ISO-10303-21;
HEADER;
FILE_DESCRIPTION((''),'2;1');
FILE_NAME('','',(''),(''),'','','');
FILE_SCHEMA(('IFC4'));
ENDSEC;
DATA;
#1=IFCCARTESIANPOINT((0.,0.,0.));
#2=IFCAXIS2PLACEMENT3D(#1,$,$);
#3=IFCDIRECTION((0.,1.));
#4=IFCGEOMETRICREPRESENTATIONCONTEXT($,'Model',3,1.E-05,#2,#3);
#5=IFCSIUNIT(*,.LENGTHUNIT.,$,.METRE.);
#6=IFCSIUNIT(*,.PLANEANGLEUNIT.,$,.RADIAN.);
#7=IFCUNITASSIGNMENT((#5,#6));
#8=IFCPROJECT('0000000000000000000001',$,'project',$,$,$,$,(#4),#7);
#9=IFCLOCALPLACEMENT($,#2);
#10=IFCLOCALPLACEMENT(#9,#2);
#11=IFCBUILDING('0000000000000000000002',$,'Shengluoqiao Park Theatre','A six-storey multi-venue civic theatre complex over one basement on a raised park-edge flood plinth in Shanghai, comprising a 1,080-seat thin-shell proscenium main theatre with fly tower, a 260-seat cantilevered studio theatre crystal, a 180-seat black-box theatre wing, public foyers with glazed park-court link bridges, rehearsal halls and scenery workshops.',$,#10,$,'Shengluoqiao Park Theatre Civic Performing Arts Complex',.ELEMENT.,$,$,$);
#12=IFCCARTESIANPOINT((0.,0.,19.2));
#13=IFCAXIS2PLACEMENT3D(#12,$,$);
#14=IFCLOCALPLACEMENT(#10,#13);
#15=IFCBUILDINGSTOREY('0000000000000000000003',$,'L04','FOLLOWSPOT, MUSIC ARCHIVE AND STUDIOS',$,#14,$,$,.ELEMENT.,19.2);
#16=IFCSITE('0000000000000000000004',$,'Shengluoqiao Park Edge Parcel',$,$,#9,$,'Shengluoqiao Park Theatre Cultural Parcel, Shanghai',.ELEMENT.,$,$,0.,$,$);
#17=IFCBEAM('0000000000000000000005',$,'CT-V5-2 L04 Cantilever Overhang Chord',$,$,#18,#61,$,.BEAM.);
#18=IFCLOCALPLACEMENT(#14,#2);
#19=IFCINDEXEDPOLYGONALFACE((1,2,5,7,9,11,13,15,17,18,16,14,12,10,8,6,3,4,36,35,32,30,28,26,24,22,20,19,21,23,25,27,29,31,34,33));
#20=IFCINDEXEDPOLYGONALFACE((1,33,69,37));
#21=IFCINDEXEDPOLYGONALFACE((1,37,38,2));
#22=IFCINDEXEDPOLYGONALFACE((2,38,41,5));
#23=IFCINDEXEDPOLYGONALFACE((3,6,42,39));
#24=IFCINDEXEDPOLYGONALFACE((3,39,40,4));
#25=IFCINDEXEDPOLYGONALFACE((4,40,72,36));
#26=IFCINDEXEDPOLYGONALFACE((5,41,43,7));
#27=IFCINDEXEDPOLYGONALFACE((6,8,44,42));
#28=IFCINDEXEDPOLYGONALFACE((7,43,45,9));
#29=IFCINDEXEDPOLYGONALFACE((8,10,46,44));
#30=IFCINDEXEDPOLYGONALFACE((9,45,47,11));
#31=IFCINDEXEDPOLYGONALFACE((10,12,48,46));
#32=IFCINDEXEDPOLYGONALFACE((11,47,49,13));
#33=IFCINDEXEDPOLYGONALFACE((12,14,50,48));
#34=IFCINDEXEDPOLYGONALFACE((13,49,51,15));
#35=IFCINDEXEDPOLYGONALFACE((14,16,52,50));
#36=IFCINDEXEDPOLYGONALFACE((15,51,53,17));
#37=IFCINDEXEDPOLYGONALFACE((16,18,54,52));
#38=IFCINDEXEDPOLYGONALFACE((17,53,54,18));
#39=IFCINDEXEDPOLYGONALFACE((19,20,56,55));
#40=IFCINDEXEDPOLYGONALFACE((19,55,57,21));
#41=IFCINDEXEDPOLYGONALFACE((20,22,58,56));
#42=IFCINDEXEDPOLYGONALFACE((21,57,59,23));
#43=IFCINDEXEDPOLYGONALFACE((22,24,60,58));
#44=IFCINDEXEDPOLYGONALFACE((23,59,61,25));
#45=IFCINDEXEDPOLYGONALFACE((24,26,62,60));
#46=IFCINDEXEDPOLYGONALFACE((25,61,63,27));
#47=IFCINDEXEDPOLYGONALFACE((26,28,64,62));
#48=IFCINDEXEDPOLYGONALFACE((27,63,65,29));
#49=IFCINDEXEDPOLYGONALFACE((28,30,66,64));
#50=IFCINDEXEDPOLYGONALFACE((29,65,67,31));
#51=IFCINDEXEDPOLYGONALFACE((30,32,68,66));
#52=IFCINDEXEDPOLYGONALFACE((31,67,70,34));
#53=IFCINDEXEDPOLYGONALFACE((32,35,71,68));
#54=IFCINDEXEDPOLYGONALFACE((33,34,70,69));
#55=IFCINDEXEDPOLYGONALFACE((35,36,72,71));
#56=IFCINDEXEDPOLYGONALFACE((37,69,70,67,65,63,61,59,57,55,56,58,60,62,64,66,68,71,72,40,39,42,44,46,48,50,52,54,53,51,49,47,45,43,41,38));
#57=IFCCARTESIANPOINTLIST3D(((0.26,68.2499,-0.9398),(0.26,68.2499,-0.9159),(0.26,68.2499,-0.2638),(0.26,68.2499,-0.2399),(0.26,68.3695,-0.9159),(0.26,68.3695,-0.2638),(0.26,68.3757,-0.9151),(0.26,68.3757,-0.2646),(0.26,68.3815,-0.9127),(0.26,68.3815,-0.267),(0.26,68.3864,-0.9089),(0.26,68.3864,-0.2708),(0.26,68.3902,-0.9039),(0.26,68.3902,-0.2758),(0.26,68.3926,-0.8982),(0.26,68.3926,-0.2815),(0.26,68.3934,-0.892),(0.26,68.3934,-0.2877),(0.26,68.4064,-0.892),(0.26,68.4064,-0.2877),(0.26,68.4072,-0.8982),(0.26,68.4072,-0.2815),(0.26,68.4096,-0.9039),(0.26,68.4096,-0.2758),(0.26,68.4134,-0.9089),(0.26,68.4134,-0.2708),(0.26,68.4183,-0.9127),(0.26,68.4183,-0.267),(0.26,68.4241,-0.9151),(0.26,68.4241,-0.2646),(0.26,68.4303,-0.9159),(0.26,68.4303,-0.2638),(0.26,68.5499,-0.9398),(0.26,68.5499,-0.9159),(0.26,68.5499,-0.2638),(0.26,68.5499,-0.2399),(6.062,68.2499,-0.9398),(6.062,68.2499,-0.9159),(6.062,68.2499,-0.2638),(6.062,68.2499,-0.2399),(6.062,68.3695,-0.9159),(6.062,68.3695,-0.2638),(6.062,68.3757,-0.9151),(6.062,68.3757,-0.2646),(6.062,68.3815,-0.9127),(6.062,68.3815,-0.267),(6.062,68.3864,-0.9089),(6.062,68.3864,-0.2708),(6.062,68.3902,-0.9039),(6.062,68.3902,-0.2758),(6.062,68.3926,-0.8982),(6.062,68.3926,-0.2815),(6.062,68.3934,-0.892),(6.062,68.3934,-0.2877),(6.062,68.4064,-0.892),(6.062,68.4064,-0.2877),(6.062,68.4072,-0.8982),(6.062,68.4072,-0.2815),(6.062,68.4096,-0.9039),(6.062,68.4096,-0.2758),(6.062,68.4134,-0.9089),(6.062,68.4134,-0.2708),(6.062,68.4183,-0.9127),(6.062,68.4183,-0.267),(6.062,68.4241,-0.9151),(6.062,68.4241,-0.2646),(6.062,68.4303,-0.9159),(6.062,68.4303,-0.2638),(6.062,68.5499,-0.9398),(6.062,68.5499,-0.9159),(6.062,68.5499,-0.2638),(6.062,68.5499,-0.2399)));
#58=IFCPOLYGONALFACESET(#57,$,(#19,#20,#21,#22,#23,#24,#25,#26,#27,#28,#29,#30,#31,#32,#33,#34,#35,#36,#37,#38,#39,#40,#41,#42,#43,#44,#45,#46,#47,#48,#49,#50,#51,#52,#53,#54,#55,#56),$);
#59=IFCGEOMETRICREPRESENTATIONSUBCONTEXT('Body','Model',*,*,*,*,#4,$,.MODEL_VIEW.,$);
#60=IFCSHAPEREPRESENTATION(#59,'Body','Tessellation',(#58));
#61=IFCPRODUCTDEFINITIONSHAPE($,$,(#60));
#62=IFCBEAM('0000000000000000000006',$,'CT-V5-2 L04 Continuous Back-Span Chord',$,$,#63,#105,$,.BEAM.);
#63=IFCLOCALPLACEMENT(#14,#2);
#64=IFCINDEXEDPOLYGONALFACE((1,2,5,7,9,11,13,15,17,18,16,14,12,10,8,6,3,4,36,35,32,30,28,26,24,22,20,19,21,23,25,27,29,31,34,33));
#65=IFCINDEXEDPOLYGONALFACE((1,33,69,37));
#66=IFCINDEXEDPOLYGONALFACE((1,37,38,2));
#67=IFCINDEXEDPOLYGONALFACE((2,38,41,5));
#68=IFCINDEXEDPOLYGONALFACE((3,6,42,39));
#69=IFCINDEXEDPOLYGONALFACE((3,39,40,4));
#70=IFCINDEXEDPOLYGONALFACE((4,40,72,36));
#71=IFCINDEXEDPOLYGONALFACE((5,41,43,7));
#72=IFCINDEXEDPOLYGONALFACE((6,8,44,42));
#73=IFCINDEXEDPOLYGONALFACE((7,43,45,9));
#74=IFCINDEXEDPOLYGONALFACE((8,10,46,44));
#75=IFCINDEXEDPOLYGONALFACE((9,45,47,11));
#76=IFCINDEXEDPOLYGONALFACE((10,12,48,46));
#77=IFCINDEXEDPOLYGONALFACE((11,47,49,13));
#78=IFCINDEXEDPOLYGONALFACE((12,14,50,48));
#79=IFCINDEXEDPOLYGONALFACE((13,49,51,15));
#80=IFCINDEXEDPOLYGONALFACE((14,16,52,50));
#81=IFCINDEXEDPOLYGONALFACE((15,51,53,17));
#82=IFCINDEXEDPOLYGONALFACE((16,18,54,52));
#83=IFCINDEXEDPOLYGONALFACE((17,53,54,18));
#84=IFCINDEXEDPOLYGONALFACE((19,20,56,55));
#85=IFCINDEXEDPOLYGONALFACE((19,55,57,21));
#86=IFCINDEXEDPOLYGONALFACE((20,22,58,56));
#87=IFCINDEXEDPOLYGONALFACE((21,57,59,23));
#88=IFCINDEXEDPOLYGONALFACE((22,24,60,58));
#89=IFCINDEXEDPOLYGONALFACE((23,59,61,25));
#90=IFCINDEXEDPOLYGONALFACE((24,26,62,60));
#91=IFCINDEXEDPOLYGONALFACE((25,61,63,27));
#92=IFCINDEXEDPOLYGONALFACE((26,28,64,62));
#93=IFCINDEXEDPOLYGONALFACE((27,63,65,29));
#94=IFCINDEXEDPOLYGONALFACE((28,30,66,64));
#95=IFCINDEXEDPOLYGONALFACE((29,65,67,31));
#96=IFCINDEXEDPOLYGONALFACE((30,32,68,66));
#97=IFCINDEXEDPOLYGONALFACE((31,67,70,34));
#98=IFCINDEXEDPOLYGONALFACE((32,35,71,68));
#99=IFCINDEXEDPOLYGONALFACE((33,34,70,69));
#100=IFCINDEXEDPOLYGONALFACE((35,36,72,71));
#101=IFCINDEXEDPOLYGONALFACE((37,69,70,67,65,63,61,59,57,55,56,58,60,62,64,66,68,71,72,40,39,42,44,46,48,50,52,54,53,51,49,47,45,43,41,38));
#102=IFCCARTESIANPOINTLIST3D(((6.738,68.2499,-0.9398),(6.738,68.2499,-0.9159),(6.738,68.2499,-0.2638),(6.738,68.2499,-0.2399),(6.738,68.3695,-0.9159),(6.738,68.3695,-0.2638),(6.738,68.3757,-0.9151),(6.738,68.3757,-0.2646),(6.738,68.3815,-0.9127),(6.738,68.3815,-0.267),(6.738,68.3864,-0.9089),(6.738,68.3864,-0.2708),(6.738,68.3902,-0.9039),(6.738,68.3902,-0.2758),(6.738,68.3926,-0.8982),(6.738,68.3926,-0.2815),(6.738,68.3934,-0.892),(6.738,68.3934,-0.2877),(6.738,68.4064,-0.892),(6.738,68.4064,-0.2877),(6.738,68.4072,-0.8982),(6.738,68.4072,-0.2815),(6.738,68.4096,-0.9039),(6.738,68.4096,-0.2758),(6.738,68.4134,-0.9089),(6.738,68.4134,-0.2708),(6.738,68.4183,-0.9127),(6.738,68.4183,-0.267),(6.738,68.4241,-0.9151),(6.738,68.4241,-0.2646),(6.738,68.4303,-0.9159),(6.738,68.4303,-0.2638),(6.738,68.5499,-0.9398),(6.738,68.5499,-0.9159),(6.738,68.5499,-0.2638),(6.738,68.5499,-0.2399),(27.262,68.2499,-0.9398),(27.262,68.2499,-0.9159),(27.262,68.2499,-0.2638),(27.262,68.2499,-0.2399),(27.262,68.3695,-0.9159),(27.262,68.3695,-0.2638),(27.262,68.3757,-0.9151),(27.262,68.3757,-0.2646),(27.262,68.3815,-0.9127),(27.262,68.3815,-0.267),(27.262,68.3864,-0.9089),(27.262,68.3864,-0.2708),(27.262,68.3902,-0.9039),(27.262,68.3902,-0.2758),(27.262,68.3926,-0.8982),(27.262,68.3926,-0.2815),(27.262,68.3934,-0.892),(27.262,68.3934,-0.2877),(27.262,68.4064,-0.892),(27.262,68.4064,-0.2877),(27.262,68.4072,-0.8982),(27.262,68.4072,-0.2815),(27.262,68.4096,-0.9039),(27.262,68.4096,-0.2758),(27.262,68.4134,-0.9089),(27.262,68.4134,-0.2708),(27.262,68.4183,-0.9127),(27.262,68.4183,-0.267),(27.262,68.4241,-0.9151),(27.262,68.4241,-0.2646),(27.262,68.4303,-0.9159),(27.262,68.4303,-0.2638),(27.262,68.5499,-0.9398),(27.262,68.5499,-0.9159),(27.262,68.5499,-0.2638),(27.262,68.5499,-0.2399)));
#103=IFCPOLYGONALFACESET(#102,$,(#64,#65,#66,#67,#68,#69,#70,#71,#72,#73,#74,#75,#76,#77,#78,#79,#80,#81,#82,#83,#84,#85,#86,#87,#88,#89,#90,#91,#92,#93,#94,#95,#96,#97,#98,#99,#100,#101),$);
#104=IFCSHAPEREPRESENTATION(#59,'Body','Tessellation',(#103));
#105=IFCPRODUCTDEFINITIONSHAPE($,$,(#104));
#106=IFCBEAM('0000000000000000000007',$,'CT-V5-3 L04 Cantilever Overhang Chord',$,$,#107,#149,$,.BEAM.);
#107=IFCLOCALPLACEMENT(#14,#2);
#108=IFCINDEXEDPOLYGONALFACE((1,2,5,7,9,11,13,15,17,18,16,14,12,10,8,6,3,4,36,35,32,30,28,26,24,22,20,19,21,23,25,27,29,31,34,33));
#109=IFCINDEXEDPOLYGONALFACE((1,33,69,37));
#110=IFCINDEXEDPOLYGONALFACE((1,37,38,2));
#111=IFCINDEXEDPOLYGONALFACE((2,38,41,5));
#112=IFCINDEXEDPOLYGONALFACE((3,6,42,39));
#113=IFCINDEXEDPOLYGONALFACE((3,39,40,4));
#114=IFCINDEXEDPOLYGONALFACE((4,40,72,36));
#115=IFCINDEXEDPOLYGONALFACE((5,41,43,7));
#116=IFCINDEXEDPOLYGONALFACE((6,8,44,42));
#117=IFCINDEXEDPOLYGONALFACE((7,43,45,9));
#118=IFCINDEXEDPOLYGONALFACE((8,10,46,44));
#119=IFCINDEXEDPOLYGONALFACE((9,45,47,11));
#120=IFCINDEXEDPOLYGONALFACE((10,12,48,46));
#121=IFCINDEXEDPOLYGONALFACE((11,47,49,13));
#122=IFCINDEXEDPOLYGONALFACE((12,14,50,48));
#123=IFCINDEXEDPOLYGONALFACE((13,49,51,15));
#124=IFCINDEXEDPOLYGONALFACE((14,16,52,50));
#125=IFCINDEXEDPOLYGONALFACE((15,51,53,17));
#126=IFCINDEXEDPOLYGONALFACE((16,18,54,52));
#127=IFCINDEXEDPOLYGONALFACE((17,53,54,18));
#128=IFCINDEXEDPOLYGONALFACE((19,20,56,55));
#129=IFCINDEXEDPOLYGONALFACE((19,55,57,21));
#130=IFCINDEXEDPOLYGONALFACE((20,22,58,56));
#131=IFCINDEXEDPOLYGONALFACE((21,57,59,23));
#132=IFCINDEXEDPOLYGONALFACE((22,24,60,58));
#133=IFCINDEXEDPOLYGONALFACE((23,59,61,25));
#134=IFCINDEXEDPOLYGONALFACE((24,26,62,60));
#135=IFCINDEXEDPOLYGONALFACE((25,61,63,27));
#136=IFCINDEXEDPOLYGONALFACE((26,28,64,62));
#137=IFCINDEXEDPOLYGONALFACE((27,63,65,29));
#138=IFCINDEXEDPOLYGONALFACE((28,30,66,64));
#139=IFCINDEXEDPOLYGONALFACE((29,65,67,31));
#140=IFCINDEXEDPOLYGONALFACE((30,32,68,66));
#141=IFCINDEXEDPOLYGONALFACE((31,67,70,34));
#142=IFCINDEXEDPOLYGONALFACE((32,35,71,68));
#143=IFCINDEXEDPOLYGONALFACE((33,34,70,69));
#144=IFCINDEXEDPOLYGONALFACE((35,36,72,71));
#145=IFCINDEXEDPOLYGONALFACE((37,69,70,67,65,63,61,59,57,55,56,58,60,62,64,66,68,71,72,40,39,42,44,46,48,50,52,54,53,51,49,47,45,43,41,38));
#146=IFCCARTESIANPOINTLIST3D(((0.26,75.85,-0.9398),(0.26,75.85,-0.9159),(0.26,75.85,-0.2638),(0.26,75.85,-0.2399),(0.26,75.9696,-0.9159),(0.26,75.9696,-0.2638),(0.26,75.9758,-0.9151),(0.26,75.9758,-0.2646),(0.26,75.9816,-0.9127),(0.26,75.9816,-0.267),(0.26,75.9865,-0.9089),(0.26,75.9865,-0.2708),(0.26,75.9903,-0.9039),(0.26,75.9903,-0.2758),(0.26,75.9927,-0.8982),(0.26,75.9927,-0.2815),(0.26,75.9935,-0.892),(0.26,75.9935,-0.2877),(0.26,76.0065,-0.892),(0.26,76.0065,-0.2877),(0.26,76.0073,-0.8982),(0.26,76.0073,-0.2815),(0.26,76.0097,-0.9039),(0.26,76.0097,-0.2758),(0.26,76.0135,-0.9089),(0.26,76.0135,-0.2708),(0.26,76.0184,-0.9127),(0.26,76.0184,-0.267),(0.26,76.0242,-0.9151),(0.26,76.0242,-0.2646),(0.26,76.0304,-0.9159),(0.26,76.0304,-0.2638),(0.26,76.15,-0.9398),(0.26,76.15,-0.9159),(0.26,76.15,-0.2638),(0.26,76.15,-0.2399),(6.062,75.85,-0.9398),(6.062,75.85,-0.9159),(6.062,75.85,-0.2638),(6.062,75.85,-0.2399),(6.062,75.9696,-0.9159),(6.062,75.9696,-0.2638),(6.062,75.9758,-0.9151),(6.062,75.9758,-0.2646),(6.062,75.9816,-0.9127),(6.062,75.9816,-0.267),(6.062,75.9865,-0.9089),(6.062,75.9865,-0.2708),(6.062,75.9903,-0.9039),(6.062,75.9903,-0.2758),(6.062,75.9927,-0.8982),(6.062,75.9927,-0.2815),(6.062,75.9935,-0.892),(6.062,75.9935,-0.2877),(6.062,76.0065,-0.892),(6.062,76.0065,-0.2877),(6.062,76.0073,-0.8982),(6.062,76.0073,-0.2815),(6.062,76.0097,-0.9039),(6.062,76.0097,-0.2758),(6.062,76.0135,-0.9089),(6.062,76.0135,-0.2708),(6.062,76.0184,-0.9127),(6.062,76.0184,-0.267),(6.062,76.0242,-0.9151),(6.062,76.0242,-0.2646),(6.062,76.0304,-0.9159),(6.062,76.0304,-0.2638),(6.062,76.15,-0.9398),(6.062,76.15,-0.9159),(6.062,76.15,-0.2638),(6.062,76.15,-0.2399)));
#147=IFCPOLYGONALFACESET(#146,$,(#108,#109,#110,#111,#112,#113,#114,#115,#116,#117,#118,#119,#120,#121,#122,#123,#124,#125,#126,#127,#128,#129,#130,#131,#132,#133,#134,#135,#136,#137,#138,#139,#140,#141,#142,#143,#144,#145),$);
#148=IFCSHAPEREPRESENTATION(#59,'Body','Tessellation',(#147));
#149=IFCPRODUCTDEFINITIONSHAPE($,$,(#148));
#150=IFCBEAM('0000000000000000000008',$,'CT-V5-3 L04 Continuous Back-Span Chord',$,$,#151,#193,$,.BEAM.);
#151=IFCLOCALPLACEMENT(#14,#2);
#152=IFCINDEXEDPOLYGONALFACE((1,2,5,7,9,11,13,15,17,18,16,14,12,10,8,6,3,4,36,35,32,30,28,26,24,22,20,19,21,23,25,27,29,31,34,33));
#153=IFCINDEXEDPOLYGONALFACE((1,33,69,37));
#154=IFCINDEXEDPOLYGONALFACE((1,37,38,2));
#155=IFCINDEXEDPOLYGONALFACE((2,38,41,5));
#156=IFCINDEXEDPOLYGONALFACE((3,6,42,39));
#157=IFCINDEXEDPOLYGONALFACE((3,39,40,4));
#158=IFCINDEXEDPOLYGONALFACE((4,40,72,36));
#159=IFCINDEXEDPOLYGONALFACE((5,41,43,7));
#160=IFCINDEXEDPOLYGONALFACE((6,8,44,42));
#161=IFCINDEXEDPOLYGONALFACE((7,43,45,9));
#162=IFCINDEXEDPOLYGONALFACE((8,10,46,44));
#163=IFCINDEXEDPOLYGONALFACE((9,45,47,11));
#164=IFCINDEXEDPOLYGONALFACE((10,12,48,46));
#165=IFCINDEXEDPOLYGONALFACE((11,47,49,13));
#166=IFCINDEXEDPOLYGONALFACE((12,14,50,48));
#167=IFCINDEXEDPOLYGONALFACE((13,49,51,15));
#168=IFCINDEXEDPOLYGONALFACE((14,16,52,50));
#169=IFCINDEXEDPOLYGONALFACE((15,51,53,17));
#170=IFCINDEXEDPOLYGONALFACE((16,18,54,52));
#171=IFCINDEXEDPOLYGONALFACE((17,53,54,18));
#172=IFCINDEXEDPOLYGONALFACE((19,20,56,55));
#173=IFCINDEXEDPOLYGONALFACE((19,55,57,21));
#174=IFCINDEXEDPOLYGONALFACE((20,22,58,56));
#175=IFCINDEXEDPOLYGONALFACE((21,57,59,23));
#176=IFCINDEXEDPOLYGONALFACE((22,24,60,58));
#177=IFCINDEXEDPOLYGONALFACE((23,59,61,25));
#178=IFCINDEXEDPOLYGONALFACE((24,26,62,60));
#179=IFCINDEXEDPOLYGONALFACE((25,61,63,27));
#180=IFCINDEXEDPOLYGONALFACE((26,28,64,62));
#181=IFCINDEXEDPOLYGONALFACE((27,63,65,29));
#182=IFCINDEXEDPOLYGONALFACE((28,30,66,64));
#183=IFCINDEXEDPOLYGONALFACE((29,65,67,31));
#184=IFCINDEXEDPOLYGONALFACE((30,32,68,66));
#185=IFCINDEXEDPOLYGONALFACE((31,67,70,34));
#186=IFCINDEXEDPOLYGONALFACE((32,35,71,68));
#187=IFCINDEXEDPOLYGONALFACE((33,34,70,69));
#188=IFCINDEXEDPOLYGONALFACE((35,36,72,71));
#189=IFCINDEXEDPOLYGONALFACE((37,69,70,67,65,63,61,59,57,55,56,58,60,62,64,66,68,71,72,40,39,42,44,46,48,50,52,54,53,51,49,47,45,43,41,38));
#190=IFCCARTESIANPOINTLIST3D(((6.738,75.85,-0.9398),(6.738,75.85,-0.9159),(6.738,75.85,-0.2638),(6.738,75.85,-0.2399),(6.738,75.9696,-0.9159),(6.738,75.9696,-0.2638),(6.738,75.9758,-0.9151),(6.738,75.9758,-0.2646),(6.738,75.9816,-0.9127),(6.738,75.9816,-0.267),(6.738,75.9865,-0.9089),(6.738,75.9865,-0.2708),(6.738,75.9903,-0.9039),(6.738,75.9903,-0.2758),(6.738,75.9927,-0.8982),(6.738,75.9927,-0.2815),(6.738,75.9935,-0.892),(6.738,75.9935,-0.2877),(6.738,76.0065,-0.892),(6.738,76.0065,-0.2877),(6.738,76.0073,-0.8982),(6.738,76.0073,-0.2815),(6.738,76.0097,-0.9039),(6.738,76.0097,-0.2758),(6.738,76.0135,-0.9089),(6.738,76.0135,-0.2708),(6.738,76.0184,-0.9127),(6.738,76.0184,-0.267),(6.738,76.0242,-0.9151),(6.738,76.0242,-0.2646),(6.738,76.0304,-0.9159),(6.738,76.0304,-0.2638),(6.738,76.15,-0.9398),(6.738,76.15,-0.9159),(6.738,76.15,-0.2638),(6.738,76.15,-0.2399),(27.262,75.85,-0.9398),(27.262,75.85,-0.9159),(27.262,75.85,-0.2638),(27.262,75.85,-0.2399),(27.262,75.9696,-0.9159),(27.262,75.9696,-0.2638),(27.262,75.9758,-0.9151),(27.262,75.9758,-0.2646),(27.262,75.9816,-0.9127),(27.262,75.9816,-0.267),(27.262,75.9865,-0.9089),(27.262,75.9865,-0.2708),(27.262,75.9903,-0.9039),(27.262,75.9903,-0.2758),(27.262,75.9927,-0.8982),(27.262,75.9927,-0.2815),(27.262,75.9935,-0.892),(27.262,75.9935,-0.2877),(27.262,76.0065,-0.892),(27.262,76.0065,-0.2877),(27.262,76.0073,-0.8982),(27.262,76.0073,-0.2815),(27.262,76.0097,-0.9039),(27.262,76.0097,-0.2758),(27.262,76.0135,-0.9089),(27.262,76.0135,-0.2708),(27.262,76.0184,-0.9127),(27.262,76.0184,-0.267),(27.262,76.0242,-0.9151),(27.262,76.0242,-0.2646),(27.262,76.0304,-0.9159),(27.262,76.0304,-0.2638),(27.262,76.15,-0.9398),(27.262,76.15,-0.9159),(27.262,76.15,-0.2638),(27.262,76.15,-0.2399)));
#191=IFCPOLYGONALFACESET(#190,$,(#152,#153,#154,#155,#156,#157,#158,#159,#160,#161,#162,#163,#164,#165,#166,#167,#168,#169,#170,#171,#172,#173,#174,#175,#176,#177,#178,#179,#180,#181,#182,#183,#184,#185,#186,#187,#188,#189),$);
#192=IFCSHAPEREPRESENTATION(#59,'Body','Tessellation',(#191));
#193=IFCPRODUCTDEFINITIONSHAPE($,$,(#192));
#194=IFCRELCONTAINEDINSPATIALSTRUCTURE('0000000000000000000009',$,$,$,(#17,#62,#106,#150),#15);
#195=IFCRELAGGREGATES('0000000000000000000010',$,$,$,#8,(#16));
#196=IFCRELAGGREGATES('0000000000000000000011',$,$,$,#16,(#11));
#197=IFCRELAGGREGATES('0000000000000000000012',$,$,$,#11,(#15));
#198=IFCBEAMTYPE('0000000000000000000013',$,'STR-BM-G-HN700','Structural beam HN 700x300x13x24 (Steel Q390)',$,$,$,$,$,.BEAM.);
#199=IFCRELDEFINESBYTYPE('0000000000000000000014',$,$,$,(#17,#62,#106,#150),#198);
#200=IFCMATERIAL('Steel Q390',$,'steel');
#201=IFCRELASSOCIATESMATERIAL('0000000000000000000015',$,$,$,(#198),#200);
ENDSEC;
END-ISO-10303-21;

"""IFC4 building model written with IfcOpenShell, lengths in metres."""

from ifc_helpers import new_model, si_unit, direction, frame, origin, origin_2d, place, context, subcontext, project, spatial, i_section, extrude, material, material_profile, profile_set, type_object, element, save


model = new_model("IFC4")

# Units and contexts
model_context = context("Model", 3, precision=1e-05, world=origin(), true_north=direction((0.0, 1.0)))
body_context = subcontext(model_context, "Body", "Model", "MODEL_VIEW")
ifc_project = project(units=[si_unit("LENGTHUNIT", "METRE"), si_unit("PLANEANGLEUNIT", "RADIAN")], contexts=[model_context])

# Site, building, storey
site_placement = place(None, origin())
site = spatial("IfcSite", under=ifc_project, at=site_placement, Name="Shengluoqiao Park Edge Parcel", LongName="Shengluoqiao Park Theatre Cultural Parcel, Shanghai", CompositionType="ELEMENT", RefElevation=0.0)
building_placement = place(site_placement, origin())
building = spatial("IfcBuilding", under=site, at=building_placement, Name="Shengluoqiao Park Theatre", Description="A six-storey multi-venue civic theatre complex over one basement on a raised park-edge flood plinth in Shanghai, comprising a 1,080-seat thin-shell proscenium main theatre with fly tower, a 260-seat cantilevered studio theatre crystal, a 180-seat black-box theatre wing, public foyers with glazed park-court link bridges, rehearsal halls and scenery workshops.", LongName="Shengluoqiao Park Theatre Civic Performing Arts Complex", CompositionType="ELEMENT")
storey_placement = place(building_placement, frame((0.0, 0.0, 19.2)))
storey = spatial("IfcBuildingStorey", under=building, at=storey_placement, Name="L04", Description="FOLLOWSPOT, MUSIC ARCHIVE AND STUDIOS", CompositionType="ELEMENT", Elevation=19.2)

# Beams
ifc_material_1 = material(Name="Steel Q390", Category="steel")
ifc_material_profile_1 = material_profile(ifc_material_1, i_section(OverallWidth=0.3, OverallDepth=0.7, WebThickness=0.0129, FlangeThickness=0.0239, FilletRadius=0.0239, at=origin_2d()), Name="HN 700x300x13x24")
ifc_profile_set_1 = profile_set([ifc_material_profile_1], Name="Steel Q390")
beam_type_1 = type_object("IfcBeamType", Name="STR-BM-G-HN700", Description="Structural beam HN 700x300x13x24 (Steel Q390)", PredefinedType="BEAM", material=ifc_profile_set_1)
beam_1_placement = place(storey_placement, frame((0.26, 68.3999, -0.5898), z_axis=(1.0, 0.0, 0.0), x_axis=(0.0, 1.0, 0.0)))
element("IfcBeam", 1, at=beam_1_placement, inside=storey, type_object=beam_type_1, Name="CT-V5-2 L04 Cantilever Overhang Chord", PredefinedType="BEAM", context=body_context, shape_type="SweptSolid", body=[
    extrude(i_section(OverallWidth=0.3, OverallDepth=0.7, WebThickness=0.0129, FlangeThickness=0.0239, FilletRadius=0.0239, at=origin_2d()), origin(), (0.0, 0.0, 1.0), 5.802),
])
beam_2_placement = place(storey_placement, frame((6.738, 68.3999, -0.5898), z_axis=(1.0, 0.0, 0.0), x_axis=(0.0, 1.0, 0.0)))
element("IfcBeam", 2, at=beam_2_placement, inside=storey, type_object=beam_type_1, Name="CT-V5-2 L04 Continuous Back-Span Chord", PredefinedType="BEAM", context=body_context, shape_type="SweptSolid", body=[
    extrude(i_section(OverallWidth=0.3, OverallDepth=0.7, WebThickness=0.0129, FlangeThickness=0.0239, FilletRadius=0.0239, at=origin_2d()), origin(), (0.0, 0.0, 1.0), 20.5239),
])
beam_3_placement = place(storey_placement, frame((0.26, 76.0, -0.5898), z_axis=(1.0, 0.0, 0.0), x_axis=(0.0, 1.0, 0.0)))
element("IfcBeam", 3, at=beam_3_placement, inside=storey, type_object=beam_type_1, Name="CT-V5-3 L04 Cantilever Overhang Chord", PredefinedType="BEAM", context=body_context, shape_type="SweptSolid", body=[
    extrude(i_section(OverallWidth=0.3, OverallDepth=0.7, WebThickness=0.0129, FlangeThickness=0.0239, FilletRadius=0.0239, at=origin_2d()), origin(), (0.0, 0.0, 1.0), 5.802),
])
beam_4_placement = place(storey_placement, frame((6.738, 76.0, -0.5898), z_axis=(1.0, 0.0, 0.0), x_axis=(0.0, 1.0, 0.0)))
element("IfcBeam", 4, at=beam_4_placement, inside=storey, type_object=beam_type_1, Name="CT-V5-3 L04 Continuous Back-Span Chord", PredefinedType="BEAM", context=body_context, shape_type="SweptSolid", body=[
    extrude(i_section(OverallWidth=0.3, OverallDepth=0.7, WebThickness=0.0129, FlangeThickness=0.0239, FilletRadius=0.0239, at=origin_2d()), origin(), (0.0, 0.0, 1.0), 20.5239),
])

save(model, "model.ifc")
